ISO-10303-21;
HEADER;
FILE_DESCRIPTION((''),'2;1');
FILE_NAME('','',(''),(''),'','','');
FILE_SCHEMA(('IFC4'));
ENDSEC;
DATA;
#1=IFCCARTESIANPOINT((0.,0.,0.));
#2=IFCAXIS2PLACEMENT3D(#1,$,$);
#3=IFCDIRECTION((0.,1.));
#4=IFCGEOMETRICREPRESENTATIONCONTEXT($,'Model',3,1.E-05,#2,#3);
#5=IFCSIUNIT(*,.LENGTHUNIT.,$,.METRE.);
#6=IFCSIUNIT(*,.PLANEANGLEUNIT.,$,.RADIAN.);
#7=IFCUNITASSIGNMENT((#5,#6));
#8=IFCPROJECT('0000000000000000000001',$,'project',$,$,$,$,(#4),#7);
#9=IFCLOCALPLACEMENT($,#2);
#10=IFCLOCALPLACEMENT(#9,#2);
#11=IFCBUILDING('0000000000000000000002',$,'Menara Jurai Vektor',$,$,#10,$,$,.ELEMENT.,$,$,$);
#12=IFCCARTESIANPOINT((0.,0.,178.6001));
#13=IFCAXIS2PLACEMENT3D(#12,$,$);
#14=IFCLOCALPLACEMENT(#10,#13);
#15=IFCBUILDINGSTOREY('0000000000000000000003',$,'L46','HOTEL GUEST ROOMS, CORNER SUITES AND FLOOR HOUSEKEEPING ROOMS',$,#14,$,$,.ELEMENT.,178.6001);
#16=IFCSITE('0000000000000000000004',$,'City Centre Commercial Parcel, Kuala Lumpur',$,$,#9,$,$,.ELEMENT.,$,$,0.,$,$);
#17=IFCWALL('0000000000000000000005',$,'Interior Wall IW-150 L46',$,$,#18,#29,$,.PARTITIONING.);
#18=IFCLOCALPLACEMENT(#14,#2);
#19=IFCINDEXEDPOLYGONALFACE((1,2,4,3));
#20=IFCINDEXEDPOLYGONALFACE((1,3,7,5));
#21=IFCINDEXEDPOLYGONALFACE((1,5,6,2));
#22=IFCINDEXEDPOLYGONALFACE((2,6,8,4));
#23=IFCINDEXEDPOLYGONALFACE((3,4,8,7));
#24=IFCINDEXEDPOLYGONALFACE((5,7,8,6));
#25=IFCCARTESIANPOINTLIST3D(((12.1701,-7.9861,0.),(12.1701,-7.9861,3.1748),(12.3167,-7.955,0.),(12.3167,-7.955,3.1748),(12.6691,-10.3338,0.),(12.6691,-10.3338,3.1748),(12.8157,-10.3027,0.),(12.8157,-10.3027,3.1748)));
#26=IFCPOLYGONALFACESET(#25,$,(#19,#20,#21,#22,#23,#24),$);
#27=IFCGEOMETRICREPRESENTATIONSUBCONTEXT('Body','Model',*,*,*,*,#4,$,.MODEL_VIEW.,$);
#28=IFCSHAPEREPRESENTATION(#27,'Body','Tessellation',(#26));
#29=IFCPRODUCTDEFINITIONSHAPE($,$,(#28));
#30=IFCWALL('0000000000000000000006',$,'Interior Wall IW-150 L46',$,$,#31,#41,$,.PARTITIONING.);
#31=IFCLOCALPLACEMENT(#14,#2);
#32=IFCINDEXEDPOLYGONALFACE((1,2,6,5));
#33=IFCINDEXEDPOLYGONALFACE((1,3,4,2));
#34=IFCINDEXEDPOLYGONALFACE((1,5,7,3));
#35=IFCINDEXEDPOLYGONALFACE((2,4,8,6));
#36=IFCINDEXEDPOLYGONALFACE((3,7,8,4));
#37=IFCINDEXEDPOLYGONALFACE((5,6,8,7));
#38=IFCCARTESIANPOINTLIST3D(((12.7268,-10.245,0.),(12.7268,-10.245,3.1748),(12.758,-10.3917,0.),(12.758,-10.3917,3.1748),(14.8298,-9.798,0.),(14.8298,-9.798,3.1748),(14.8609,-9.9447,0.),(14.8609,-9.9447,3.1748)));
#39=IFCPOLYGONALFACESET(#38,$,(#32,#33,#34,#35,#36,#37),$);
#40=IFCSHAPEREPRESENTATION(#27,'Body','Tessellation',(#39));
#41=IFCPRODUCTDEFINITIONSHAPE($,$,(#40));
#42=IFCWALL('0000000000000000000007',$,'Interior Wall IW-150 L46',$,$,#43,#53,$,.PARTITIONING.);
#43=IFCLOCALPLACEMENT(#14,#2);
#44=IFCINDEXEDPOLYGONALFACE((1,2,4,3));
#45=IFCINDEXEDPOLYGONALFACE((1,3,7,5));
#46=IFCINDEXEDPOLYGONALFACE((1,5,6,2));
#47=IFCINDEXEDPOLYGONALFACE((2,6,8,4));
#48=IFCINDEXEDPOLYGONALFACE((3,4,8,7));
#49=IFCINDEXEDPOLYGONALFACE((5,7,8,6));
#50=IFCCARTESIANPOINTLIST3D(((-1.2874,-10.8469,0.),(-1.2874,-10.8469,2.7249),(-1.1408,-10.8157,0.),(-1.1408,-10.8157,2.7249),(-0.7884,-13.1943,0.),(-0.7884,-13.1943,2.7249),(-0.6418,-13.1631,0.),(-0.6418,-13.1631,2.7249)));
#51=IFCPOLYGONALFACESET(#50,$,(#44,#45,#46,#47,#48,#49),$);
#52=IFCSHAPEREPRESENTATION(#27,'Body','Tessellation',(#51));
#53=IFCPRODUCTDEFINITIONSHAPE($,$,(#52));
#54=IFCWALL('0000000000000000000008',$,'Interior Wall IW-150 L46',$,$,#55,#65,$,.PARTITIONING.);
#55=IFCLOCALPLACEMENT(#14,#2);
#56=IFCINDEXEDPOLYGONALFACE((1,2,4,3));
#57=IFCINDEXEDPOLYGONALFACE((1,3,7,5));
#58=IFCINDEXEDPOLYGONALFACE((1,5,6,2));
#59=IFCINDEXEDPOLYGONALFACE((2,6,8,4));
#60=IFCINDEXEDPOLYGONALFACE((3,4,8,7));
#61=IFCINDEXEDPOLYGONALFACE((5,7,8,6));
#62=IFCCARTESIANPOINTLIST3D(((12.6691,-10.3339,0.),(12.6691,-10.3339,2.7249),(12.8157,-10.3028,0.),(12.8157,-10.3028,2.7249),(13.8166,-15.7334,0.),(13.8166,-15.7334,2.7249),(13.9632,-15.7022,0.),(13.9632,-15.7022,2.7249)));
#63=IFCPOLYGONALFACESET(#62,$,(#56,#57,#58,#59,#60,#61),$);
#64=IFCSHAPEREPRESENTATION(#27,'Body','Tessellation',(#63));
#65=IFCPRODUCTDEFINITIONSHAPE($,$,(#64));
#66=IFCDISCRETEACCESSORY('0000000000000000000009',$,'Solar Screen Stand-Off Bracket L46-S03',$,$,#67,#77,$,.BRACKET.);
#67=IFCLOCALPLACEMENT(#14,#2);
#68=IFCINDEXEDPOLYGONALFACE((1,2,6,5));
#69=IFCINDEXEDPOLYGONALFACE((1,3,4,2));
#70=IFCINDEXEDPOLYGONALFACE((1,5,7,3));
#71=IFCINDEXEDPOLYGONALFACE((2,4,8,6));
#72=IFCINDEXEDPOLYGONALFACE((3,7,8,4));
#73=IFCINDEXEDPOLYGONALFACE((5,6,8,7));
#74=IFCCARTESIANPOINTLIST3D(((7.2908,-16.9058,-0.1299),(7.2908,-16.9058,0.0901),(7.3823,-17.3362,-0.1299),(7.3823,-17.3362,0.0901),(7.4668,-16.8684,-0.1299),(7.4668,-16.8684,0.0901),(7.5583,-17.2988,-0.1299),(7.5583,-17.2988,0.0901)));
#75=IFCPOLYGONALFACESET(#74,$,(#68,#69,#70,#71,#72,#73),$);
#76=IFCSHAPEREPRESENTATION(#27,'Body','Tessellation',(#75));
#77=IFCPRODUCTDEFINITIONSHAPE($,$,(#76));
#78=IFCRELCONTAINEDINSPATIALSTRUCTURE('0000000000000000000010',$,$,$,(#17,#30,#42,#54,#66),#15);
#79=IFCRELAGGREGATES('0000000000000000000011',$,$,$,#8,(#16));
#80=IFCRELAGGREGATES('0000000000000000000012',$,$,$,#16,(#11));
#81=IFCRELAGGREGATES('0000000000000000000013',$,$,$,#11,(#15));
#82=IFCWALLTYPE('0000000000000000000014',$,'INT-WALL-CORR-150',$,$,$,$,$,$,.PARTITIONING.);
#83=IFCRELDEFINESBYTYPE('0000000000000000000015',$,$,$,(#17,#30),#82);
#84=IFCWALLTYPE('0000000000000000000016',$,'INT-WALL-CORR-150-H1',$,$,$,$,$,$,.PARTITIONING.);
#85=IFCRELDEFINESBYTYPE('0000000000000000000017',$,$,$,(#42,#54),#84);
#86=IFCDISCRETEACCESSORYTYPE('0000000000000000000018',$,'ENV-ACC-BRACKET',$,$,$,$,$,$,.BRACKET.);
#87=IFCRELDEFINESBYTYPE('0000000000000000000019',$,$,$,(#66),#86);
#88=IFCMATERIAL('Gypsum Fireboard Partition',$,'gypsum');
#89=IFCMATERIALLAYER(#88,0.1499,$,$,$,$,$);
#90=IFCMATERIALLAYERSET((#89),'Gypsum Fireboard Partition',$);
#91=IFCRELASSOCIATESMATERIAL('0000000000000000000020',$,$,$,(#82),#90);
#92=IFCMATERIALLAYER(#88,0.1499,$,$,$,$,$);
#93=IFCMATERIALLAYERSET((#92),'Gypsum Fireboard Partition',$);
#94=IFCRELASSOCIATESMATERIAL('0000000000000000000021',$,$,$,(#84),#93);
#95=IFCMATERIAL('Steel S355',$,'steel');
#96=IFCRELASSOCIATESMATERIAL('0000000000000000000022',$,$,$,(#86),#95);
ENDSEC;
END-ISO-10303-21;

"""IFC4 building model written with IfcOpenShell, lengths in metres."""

from ifc_helpers import new_model, si_unit, direction, frame, frame_2d, origin, origin_2d, place, context, subcontext, project, spatial, rectangle, extrude, material, layer, layer_set, type_object, element, save


model = new_model("IFC4")

# Units and contexts
model_context = context("Model", 3, precision=1e-05, world=origin(), true_north=direction((0.0, 1.0)))
body_context = subcontext(model_context, "Body", "Model", "MODEL_VIEW")
ifc_project = project(units=[si_unit("LENGTHUNIT", "METRE"), si_unit("PLANEANGLEUNIT", "RADIAN")], contexts=[model_context])

# Site, building, storey
site_placement = place(None, origin())
site = spatial("IfcSite", under=ifc_project, at=site_placement, Name="City Centre Commercial Parcel, Kuala Lumpur", CompositionType="ELEMENT", RefElevation=0.0)
building_placement = place(site_placement, origin())
building = spatial("IfcBuilding", under=site, at=building_placement, Name="Menara Jurai Vektor", CompositionType="ELEMENT")
storey_placement = place(building_placement, frame((0.0, 0.0, 178.6001)))
storey = spatial("IfcBuildingStorey", under=building, at=storey_placement, Name="L46", Description="HOTEL GUEST ROOMS, CORNER SUITES AND FLOOR HOUSEKEEPING ROOMS", CompositionType="ELEMENT", Elevation=178.6001)

# Shared definitions
ifc_material_1 = material(Name="Steel S355", Category="steel")

# Shared definitions
ifc_material_2 = material(Name="Gypsum Fireboard Partition", Category="gypsum")
ifc_layer_1 = layer(ifc_material_2, 0.1499)
ifc_layer_set_1 = layer_set([ifc_layer_1], Name="Gypsum Fireboard Partition")
wall_type_1 = type_object("IfcWallType", Name="INT-WALL-CORR-150", PredefinedType="PARTITIONING", material=ifc_layer_set_1)

# Walls
wall_1_placement = place(storey_placement, frame((12.7424, -10.3184, 0.0), z_axis=(0.0, 0.0, 1.0), x_axis=(-0.207917, 0.978146, 0.0)))
element("IfcWall", 1, at=wall_1_placement, inside=storey, type_object=wall_type_1, Name="Interior Wall IW-150 L46", PredefinedType="PARTITIONING", context=body_context, shape_type="SweptSolid", body=[
    extrude(rectangle(XDim=2.4001, YDim=0.1499, at=frame_2d((1.2002, 0.0))), origin(), (0.0, 0.0, 1.0), 3.1748),
])
wall_2_placement = place(storey_placement, frame((12.7424, -10.3184, 0.0), z_axis=(0.0, 0.0, 1.0), x_axis=(0.978147, 0.207916, 0.0)))
element("IfcWall", 2, at=wall_2_placement, inside=storey, type_object=wall_type_1, Name="Interior Wall IW-150 L46", PredefinedType="PARTITIONING", context=body_context, shape_type="SweptSolid", body=[
    extrude(rectangle(XDim=2.1499, YDim=0.1499, at=frame_2d((1.075, 0.0))), origin(), (0.0, 0.0, 1.0), 3.1748),
])
ifc_layer_2 = layer(ifc_material_2, 0.1499)
ifc_layer_set_2 = layer_set([ifc_layer_2], Name="Gypsum Fireboard Partition")
wall_type_2 = type_object("IfcWallType", Name="INT-WALL-CORR-150-H1", PredefinedType="PARTITIONING", material=ifc_layer_set_2)
wall_3_placement = place(storey_placement, frame((-0.7151, -13.1787, 0.0), z_axis=(0.0, 0.0, 1.0), x_axis=(-0.207938, 0.978142, 0.0)))
element("IfcWall", 3, at=wall_3_placement, inside=storey, type_object=wall_type_2, Name="Interior Wall IW-150 L46", PredefinedType="PARTITIONING", context=body_context, shape_type="SweptSolid", body=[
    extrude(rectangle(XDim=2.3999, YDim=0.1499, at=frame_2d((1.2, 0.0))), origin(), (0.0, 0.0, 1.0), 2.7249),
])
wall_4_placement = place(storey_placement, frame((13.8899, -15.7178, 0.0), z_axis=(0.0, 0.0, 1.0), x_axis=(-0.207874, 0.978156, 0.0)))
element("IfcWall", 4, at=wall_4_placement, inside=storey, type_object=wall_type_2, Name="Interior Wall IW-150 L46", PredefinedType="PARTITIONING", context=body_context, shape_type="SweptSolid", body=[
    extrude(rectangle(XDim=5.52, YDim=0.1499, at=frame_2d((2.76, 0.0))), origin(), (0.0, 0.0, 1.0), 2.7249),
])

# Discrete accessory
discrete_accessory_type = type_object("IfcDiscreteAccessoryType", Name="ENV-ACC-BRACKET", PredefinedType="BRACKET", material=ifc_material_1)
discrete_accessory_placement = place(storey_placement, frame((7.4246, -17.1023, -0.1299), z_axis=(0.0, 0.0, 1.0), x_axis=(0.978148, 0.207912, 0.0)))
element("IfcDiscreteAccessory", 5, at=discrete_accessory_placement, inside=storey, type_object=discrete_accessory_type, Name="Solar Screen Stand-Off Bracket L46-S03", PredefinedType="BRACKET", context=body_context, shape_type="SweptSolid", body=[
    extrude(rectangle(XDim=0.1799, YDim=0.4399, at=origin_2d()), origin(), (0.0, 0.0, 1.0), 0.22),
])

save(model, "model.ifc")
